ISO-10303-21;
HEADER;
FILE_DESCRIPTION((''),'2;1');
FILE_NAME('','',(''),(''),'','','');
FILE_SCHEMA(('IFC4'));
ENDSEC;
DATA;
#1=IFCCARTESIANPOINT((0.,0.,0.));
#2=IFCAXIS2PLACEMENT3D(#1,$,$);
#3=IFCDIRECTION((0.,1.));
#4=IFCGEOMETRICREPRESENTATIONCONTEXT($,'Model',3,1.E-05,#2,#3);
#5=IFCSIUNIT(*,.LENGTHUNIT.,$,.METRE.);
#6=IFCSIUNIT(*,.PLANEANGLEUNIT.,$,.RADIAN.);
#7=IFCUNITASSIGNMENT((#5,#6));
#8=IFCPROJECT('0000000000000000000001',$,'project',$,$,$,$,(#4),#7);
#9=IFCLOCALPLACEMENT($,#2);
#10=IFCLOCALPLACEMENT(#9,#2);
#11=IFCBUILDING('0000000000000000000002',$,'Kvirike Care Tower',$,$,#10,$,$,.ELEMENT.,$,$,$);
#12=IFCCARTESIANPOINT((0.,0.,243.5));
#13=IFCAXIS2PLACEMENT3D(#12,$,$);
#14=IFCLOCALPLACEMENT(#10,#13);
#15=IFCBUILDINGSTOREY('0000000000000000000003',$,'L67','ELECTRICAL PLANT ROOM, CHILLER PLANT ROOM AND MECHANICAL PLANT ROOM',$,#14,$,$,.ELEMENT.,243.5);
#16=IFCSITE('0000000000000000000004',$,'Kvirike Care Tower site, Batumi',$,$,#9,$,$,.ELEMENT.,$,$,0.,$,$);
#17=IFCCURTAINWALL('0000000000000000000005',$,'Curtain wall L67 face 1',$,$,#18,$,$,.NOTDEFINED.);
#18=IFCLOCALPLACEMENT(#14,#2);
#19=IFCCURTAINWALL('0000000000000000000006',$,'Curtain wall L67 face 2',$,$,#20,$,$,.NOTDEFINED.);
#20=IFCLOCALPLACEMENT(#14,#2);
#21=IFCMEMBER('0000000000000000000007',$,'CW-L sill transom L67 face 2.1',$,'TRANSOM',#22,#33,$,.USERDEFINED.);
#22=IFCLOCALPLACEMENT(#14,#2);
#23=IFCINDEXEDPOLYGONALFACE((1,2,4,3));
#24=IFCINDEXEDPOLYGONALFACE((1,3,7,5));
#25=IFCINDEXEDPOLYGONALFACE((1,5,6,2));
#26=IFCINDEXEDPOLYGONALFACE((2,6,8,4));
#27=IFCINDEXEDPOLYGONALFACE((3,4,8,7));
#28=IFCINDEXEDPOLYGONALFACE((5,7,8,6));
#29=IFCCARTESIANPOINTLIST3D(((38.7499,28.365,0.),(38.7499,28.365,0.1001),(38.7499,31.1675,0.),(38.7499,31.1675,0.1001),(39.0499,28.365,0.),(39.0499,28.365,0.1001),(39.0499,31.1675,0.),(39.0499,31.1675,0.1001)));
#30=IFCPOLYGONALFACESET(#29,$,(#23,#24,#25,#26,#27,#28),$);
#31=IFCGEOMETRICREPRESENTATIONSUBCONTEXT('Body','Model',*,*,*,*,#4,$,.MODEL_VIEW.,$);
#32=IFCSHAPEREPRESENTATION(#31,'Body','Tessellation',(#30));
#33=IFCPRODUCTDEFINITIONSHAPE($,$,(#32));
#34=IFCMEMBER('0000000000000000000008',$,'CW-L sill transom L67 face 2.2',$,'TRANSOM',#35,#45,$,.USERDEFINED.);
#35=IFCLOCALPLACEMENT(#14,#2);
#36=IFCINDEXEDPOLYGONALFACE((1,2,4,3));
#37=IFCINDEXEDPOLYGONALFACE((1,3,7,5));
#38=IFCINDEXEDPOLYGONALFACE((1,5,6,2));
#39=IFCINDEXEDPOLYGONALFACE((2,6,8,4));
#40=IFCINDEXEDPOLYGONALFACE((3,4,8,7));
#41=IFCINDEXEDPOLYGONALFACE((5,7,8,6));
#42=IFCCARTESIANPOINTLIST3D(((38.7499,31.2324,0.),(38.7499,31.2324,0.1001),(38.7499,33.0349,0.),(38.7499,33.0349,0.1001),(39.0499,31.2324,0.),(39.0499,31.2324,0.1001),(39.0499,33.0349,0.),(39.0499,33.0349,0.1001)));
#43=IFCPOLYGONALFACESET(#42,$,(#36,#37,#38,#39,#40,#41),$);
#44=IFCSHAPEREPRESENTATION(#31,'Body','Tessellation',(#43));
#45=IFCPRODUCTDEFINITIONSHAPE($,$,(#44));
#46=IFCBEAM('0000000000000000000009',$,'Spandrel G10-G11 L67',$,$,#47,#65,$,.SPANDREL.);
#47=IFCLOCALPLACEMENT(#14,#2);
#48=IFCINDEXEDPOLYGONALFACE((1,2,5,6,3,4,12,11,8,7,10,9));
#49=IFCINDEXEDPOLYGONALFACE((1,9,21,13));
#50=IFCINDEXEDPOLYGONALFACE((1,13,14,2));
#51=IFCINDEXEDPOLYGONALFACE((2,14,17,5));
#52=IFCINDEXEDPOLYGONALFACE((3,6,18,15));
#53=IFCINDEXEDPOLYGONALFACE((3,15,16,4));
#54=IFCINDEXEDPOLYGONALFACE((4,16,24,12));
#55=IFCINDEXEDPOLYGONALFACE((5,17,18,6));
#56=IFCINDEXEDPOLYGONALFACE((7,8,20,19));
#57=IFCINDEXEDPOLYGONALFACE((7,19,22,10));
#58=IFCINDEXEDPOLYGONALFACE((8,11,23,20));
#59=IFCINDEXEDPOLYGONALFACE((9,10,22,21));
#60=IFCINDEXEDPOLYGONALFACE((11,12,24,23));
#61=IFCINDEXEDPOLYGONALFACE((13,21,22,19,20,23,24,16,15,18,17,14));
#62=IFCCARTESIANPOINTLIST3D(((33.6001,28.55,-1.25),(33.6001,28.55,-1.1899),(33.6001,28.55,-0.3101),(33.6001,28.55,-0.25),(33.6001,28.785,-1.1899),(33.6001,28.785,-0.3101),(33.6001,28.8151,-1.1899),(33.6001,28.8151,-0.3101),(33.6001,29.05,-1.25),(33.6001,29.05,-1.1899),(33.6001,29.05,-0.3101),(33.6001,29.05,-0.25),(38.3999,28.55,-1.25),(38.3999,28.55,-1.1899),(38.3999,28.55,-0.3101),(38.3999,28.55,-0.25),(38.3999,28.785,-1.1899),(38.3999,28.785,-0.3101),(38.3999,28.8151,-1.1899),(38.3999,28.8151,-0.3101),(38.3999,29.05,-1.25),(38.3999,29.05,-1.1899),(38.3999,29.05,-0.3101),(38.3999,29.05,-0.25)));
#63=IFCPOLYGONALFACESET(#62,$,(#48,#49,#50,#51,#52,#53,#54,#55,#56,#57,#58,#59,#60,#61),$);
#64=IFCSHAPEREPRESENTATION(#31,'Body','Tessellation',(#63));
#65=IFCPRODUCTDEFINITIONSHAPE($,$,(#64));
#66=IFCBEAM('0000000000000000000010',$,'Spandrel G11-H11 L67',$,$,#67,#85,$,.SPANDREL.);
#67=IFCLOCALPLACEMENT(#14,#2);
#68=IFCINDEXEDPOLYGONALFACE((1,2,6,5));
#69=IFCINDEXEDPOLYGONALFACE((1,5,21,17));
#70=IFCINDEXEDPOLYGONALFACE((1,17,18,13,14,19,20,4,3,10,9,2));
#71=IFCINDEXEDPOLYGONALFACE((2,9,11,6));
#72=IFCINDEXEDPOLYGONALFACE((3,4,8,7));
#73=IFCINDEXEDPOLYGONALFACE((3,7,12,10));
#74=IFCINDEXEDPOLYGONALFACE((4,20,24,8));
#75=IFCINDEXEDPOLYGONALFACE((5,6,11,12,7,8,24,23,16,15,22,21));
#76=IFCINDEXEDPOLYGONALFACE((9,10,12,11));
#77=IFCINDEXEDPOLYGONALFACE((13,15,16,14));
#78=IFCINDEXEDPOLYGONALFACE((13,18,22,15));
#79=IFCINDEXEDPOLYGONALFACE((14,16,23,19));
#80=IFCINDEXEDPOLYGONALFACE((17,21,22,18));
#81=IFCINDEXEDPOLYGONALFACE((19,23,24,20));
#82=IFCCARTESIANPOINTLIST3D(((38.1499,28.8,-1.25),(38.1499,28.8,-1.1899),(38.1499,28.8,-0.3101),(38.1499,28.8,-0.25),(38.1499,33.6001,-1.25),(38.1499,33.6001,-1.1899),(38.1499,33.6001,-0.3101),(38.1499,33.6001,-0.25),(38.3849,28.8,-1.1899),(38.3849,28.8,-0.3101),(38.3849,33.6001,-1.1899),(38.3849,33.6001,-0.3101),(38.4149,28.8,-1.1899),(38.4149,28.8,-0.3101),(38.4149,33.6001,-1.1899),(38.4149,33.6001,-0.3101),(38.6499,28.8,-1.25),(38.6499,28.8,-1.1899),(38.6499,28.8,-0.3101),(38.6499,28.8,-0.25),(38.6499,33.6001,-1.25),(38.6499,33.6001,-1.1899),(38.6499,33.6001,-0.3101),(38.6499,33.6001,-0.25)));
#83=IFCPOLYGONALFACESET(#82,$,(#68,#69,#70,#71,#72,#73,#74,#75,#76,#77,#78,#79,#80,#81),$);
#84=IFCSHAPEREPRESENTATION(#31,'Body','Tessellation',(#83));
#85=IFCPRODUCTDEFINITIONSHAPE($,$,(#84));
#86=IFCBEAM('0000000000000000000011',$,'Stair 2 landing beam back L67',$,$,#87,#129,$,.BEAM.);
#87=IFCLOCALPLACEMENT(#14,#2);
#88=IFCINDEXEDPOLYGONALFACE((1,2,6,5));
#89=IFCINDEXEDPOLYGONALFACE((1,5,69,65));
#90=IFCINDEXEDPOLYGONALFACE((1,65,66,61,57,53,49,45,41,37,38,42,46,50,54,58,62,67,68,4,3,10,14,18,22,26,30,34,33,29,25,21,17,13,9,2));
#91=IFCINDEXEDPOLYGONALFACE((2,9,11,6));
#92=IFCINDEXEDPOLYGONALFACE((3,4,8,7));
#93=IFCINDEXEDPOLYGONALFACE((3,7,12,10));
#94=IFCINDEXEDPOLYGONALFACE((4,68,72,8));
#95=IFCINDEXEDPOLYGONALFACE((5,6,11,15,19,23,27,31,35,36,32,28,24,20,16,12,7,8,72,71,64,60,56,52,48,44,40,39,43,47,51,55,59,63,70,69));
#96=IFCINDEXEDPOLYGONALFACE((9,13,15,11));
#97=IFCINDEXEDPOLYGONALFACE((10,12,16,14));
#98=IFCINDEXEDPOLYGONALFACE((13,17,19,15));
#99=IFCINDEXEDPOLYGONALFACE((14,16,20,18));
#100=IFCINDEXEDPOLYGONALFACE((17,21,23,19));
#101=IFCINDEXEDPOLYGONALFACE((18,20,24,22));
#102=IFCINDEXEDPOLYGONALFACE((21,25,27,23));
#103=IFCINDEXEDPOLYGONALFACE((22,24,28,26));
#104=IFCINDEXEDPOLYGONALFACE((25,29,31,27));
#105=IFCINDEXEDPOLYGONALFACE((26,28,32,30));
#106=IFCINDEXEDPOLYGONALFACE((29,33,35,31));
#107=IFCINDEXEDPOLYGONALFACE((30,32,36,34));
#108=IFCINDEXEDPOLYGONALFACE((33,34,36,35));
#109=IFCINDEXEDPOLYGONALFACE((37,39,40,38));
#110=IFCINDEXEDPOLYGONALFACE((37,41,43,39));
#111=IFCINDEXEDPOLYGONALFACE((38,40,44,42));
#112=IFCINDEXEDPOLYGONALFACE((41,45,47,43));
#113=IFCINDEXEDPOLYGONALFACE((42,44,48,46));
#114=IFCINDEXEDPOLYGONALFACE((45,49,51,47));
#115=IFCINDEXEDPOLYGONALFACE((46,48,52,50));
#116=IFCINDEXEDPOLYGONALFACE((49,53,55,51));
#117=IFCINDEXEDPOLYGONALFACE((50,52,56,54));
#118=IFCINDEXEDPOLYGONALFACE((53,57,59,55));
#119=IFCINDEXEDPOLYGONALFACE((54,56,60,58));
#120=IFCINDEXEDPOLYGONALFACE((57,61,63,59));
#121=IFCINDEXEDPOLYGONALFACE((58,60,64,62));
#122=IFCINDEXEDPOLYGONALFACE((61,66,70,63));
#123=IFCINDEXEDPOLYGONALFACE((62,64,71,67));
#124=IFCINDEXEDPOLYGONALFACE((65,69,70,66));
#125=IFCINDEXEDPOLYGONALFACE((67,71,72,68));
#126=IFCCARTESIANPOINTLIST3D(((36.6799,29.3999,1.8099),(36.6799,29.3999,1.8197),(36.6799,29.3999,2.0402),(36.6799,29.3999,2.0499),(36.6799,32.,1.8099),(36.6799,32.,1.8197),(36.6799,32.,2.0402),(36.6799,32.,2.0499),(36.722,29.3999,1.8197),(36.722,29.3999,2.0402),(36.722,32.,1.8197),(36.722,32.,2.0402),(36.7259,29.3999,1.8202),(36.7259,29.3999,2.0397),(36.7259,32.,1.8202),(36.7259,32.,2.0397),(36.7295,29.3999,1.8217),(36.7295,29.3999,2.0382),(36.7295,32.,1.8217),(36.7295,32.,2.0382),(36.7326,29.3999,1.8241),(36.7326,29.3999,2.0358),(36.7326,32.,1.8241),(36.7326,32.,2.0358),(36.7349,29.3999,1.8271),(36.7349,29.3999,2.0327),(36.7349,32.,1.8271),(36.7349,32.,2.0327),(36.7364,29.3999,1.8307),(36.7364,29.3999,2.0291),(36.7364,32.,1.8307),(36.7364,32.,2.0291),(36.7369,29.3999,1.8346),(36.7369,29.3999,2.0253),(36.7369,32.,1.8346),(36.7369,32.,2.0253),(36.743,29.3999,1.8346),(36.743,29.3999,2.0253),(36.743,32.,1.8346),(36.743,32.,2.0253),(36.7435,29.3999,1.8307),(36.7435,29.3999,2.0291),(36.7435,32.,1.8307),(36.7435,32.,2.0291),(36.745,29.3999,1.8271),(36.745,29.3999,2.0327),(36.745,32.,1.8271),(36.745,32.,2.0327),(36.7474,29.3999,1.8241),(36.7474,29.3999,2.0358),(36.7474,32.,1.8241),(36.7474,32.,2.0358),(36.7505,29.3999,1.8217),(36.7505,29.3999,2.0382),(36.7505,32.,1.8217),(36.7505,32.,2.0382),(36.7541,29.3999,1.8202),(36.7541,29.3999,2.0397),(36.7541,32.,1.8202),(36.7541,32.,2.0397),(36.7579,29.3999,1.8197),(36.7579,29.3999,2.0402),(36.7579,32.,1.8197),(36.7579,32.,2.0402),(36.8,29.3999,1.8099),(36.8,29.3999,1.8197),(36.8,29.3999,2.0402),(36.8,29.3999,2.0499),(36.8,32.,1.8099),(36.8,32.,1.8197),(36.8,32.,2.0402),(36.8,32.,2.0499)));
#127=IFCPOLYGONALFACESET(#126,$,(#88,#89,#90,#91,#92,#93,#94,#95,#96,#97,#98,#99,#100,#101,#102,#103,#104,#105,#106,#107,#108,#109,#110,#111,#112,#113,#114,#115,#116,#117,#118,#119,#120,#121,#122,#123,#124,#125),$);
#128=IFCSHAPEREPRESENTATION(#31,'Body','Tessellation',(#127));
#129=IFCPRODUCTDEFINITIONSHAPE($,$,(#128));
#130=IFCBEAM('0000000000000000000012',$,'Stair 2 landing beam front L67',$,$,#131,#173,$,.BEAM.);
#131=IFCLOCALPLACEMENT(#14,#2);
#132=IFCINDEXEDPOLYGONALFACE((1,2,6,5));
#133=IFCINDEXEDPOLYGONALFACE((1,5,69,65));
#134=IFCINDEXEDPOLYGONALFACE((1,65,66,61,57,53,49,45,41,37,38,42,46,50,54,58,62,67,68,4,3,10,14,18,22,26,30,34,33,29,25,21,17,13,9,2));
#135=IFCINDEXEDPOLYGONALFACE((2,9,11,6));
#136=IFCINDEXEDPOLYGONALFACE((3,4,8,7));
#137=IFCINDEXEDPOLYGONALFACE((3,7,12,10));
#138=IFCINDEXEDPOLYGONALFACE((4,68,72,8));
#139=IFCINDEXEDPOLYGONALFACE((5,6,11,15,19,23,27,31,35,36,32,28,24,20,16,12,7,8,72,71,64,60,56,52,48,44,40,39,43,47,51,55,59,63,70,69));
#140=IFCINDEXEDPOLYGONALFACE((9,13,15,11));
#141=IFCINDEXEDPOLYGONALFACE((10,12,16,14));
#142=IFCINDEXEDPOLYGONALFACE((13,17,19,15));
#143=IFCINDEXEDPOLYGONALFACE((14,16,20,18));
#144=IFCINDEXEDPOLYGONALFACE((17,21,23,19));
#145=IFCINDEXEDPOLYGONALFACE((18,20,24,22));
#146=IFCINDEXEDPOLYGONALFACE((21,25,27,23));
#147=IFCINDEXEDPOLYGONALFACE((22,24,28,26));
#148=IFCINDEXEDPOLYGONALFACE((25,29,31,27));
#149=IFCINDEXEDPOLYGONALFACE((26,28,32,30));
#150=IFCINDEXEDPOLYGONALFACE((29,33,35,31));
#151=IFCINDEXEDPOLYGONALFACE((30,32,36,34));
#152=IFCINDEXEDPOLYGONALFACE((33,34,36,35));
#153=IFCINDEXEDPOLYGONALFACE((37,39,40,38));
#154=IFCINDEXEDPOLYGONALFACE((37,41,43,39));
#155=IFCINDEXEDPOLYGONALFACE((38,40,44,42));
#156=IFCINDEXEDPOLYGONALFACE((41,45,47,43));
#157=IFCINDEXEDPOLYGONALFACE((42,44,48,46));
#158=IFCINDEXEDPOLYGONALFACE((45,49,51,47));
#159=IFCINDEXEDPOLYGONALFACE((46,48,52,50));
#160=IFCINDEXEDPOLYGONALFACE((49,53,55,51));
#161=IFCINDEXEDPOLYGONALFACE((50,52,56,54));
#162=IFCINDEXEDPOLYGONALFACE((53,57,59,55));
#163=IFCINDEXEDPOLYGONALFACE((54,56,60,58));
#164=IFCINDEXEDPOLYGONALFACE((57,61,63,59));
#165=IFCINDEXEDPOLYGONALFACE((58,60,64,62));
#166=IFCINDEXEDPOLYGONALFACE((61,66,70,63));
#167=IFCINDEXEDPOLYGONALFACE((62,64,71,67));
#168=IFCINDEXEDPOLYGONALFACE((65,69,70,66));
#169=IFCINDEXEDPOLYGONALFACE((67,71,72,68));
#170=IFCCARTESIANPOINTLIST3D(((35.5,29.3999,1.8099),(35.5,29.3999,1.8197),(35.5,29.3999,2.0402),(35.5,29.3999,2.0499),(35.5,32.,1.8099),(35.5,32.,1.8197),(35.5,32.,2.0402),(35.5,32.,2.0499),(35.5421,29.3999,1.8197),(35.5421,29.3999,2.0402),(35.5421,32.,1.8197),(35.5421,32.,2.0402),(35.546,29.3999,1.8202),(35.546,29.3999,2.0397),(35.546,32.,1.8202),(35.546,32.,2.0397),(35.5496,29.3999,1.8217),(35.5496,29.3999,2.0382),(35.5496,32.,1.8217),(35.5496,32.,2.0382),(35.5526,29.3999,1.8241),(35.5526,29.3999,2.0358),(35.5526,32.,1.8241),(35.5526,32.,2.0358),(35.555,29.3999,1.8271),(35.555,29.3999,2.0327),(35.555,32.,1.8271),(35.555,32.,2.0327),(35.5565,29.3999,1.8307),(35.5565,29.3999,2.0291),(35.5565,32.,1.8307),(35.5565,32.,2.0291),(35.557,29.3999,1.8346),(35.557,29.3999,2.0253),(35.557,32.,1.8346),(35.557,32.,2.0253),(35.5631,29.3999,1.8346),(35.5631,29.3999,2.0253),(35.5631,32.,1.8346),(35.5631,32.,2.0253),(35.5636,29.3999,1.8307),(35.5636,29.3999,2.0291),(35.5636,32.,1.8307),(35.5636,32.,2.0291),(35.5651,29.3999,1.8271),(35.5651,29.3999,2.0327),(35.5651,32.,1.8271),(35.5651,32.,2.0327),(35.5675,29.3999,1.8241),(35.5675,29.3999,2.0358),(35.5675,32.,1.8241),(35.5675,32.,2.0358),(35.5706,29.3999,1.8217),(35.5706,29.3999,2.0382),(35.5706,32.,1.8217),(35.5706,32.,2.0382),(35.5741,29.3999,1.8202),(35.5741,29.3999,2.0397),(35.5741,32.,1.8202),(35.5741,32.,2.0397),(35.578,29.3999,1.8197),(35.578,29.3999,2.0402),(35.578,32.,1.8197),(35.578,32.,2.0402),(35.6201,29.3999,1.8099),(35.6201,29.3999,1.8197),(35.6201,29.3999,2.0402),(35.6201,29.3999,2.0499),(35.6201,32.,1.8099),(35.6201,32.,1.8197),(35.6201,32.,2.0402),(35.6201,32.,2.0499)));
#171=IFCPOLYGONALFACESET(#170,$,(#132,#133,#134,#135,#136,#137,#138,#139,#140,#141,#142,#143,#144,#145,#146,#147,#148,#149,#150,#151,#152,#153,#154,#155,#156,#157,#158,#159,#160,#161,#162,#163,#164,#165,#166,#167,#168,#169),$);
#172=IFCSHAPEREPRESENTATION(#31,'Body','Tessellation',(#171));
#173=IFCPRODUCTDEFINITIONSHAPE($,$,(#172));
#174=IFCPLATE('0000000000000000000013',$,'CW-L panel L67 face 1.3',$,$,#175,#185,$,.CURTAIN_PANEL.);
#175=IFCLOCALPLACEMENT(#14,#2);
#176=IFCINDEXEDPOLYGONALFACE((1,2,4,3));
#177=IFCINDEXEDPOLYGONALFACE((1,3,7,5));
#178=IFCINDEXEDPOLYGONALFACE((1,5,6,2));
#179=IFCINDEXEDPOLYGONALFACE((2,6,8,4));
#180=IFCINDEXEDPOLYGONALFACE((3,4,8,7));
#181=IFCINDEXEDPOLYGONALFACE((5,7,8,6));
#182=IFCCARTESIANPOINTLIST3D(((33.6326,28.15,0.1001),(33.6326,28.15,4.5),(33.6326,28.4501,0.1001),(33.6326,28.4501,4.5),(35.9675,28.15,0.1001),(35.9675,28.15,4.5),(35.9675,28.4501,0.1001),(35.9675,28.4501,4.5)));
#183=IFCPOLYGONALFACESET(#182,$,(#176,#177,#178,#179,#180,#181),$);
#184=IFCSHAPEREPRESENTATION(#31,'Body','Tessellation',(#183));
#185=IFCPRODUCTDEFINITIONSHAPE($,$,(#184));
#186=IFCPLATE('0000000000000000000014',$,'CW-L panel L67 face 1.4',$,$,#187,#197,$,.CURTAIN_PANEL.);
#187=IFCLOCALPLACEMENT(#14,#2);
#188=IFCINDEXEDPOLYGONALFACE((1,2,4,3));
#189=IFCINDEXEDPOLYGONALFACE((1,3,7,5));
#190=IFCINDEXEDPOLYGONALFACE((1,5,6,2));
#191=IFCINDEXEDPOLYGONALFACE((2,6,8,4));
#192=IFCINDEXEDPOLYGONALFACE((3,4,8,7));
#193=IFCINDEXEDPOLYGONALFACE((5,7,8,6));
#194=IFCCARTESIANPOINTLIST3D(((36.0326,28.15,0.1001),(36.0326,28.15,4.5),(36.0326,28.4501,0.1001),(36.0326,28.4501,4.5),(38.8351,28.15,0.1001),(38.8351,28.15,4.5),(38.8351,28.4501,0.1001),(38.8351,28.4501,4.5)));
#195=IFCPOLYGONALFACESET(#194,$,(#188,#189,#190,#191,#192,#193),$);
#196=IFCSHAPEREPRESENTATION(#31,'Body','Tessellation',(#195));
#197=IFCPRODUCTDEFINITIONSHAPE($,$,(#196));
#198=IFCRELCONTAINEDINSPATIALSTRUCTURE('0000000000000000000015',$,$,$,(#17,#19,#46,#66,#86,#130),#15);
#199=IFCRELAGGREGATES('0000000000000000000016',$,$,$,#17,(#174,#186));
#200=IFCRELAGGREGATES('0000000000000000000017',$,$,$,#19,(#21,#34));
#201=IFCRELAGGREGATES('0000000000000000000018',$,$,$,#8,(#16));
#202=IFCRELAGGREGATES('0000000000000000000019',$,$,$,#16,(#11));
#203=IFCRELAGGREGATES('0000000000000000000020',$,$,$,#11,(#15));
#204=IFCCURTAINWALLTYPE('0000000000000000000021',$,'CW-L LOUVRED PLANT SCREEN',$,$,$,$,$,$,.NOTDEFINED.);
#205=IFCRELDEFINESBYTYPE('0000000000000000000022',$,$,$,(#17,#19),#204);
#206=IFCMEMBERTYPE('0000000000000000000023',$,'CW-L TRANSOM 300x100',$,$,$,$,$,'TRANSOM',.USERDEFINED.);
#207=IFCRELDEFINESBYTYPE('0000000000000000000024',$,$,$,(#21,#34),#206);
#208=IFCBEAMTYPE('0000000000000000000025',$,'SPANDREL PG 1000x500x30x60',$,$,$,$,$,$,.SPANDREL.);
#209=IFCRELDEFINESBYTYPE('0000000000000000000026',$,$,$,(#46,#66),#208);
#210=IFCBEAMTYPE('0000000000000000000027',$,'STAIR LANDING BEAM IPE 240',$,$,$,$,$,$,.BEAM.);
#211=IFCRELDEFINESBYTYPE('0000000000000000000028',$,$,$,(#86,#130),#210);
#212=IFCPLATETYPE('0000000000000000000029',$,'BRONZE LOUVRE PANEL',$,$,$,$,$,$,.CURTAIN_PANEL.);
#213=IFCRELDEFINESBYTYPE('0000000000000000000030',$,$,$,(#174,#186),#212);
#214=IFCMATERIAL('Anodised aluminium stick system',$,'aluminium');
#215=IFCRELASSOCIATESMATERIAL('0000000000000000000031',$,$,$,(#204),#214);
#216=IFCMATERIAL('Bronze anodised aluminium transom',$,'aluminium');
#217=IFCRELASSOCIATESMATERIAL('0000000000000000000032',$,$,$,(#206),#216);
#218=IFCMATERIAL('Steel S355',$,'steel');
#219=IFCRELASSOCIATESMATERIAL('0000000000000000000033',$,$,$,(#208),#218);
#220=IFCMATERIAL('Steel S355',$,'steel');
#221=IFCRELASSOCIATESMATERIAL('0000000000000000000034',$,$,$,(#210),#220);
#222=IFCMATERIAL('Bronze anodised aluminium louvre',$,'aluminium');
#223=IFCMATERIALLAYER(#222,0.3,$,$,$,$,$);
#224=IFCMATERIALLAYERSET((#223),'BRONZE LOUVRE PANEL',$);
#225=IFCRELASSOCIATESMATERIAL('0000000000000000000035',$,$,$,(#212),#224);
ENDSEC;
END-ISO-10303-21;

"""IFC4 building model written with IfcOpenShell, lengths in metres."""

from ifc_helpers import new_model, si_unit, direction, frame, origin, origin_2d, place, context, subcontext, project, spatial, rectangle, i_section, extrude, material, layer, layer_set, material_profile, profile_set, type_object, element, aggregate, save


model = new_model("IFC4")

# Units and contexts
model_context = context("Model", 3, precision=1e-05, world=origin(), true_north=direction((0.0, 1.0)))
body_context = subcontext(model_context, "Body", "Model", "MODEL_VIEW")
ifc_project = project(units=[si_unit("LENGTHUNIT", "METRE"), si_unit("PLANEANGLEUNIT", "RADIAN")], contexts=[model_context])

# Site, building, storey
site_placement = place(None, origin())
site = spatial("IfcSite", under=ifc_project, at=site_placement, Name="Kvirike Care Tower site, Batumi", CompositionType="ELEMENT", RefElevation=0.0)
building_placement = place(site_placement, origin())
building = spatial("IfcBuilding", under=site, at=building_placement, Name="Kvirike Care Tower", CompositionType="ELEMENT")
storey_placement = place(building_placement, frame((0.0, 0.0, 243.5)))
storey = spatial("IfcBuildingStorey", under=building, at=storey_placement, Name="L67", Description="ELECTRICAL PLANT ROOM, CHILLER PLANT ROOM AND MECHANICAL PLANT ROOM", CompositionType="ELEMENT", Elevation=243.5)

# Curtain walls
ifc_material_1 = material(Name="Anodised aluminium stick system", Category="aluminium")
curtain_wall_type = type_object("IfcCurtainWallType", Name="CW-L LOUVRED PLANT SCREEN", PredefinedType="NOTDEFINED", material=ifc_material_1)
curtain_wall_1_placement = place(storey_placement, origin())
curtain_wall_1 = element("IfcCurtainWall", 1, at=curtain_wall_1_placement, inside=storey, type_object=curtain_wall_type, Name="Curtain wall L67 face 1", PredefinedType="NOTDEFINED")
curtain_wall_2_placement = place(storey_placement, origin())
curtain_wall_2 = element("IfcCurtainWall", 2, at=curtain_wall_2_placement, inside=storey, type_object=curtain_wall_type, Name="Curtain wall L67 face 2", PredefinedType="NOTDEFINED")

# Members
ifc_material_2 = material(Name="Bronze anodised aluminium transom", Category="aluminium")
ifc_material_profile_1 = material_profile(ifc_material_2, rectangle(XDim=0.3, YDim=0.1001, at=origin_2d()), Name="CW-L TRANSOM 300x100")
ifc_profile_set_1 = profile_set([ifc_material_profile_1], Name="Bronze anodised aluminium transom")
member_type_1 = type_object("IfcMemberType", Name="CW-L TRANSOM 300x100", ElementType="TRANSOM", PredefinedType="USERDEFINED", material=ifc_profile_set_1)
member_1_placement = place(storey_placement, frame((38.8999, 28.365, 0.05), z_axis=(0.0, 1.0, 0.0), x_axis=(-1.0, 0.0, 0.0)))
member_1 = element("IfcMember", 3, at=member_1_placement, type_object=member_type_1, Name="CW-L sill transom L67 face 2.1", ObjectType="TRANSOM", PredefinedType="USERDEFINED", context=body_context, shape_type="SweptSolid", body=[
    extrude(rectangle(XDim=0.3, YDim=0.1001, at=origin_2d()), origin(), (0.0, 0.0, 1.0), 2.8025),
])
member_2_placement = place(storey_placement, frame((38.8999, 31.2324, 0.05), z_axis=(0.0, 1.0, 0.0), x_axis=(-1.0, 0.0, 0.0)))
member_2 = element("IfcMember", 4, at=member_2_placement, type_object=member_type_1, Name="CW-L sill transom L67 face 2.2", ObjectType="TRANSOM", PredefinedType="USERDEFINED", context=body_context, shape_type="SweptSolid", body=[
    extrude(rectangle(XDim=0.3, YDim=0.1001, at=origin_2d()), origin(), (0.0, 0.0, 1.0), 1.8025),
])

# Beams
ifc_material_3 = material(Name="Steel S355", Category="steel")
ifc_material_profile_2 = material_profile(ifc_material_3, i_section(OverallWidth=0.5, OverallDepth=1.0, WebThickness=0.03, FlangeThickness=0.0601, at=origin_2d()), Name="PG 1000x500x30x60")
ifc_profile_set_2 = profile_set([ifc_material_profile_2], Name="Steel S355")
beam_type_1 = type_object("IfcBeamType", Name="SPANDREL PG 1000x500x30x60", PredefinedType="SPANDREL", material=ifc_profile_set_2)
beam_1_placement = place(storey_placement, frame((33.6001, 28.8, -0.75), z_axis=(1.0, 0.0, 0.0), x_axis=(0.0, 1.0, 0.0)))
element("IfcBeam", 5, at=beam_1_placement, inside=storey, type_object=beam_type_1, Name="Spandrel G10-G11 L67", PredefinedType="SPANDREL", context=body_context, shape_type="SweptSolid", body=[
    extrude(i_section(OverallWidth=0.5, OverallDepth=1.0, WebThickness=0.03, FlangeThickness=0.0601, at=origin_2d()), origin(), (0.0, 0.0, 1.0), 4.7998),
])
beam_2_placement = place(storey_placement, frame((38.3999, 28.8, -0.75), z_axis=(0.0, 1.0, 0.0), x_axis=(-1.0, 0.0, 0.0)))
element("IfcBeam", 6, at=beam_2_placement, inside=storey, type_object=beam_type_1, Name="Spandrel G11-H11 L67", PredefinedType="SPANDREL", context=body_context, shape_type="SweptSolid", body=[
    extrude(i_section(OverallWidth=0.5, OverallDepth=1.0, WebThickness=0.03, FlangeThickness=0.0601, at=origin_2d()), origin(), (0.0, 0.0, 1.0), 4.8),
])
ifc_material_4 = material(Name="Steel S355", Category="steel")
ifc_material_profile_3 = material_profile(ifc_material_4, i_section(OverallWidth=0.1201, OverallDepth=0.24, WebThickness=0.0061, FlangeThickness=0.0098, FilletRadius=0.0149, at=origin_2d()), Name="IPE 240")
ifc_profile_set_3 = profile_set([ifc_material_profile_3], Name="Steel S355")
beam_type_2 = type_object("IfcBeamType", Name="STAIR LANDING BEAM IPE 240", PredefinedType="BEAM", material=ifc_profile_set_3)
for number, where, z_axis, x_axis, name in (
    (7, (36.74, 29.3999, 1.9299), (0.0, 1.0, 0.0), (-1.0, 0.0, 0.0), "Stair 2 landing beam back L67"),
    (8, (35.5601, 29.3999, 1.9299), (0.0, 1.0, 0.0), (-1.0, 0.0, 0.0), "Stair 2 landing beam front L67"),
):
    element("IfcBeam", number, at=place(storey_placement, frame(where, z_axis=z_axis, x_axis=x_axis)), inside=storey, type_object=beam_type_2, Name=name, PredefinedType="BEAM", context=body_context, shape_type="SweptSolid", body=[
        extrude(i_section(OverallWidth=0.1201, OverallDepth=0.24, WebThickness=0.0061, FlangeThickness=0.0098, FilletRadius=0.0149, at=origin_2d()), origin(), (0.0, 0.0, 1.0), 2.6001),
    ])

# Plates
ifc_material_5 = material(Name="Bronze anodised aluminium louvre", Category="aluminium")
ifc_layer_1 = layer(ifc_material_5, 0.3)
ifc_layer_set_1 = layer_set([ifc_layer_1], Name="BRONZE LOUVRE PANEL")
plate_type = type_object("IfcPlateType", Name="BRONZE LOUVRE PANEL", PredefinedType="CURTAIN_PANEL", material=ifc_layer_set_1)
plate_1_placement = place(storey_placement, frame((34.8, 28.3, 0.1001), z_axis=(0.0, 0.0, 1.0), x_axis=(1.0, 0.0, 0.0)))
plate_1 = element("IfcPlate", 9, at=plate_1_placement, type_object=plate_type, Name="CW-L panel L67 face 1.3", PredefinedType="CURTAIN_PANEL", context=body_context, shape_type="SweptSolid", body=[
    extrude(rectangle(XDim=2.335, YDim=0.3, at=origin_2d()), origin(), (0.0, 0.0, 1.0), 4.3999),
])
plate_2_placement = place(storey_placement, frame((37.4338, 28.3, 0.1001), z_axis=(0.0, 0.0, 1.0), x_axis=(1.0, 0.0, 0.0)))
plate_2 = element("IfcPlate", 10, at=plate_2_placement, type_object=plate_type, Name="CW-L panel L67 face 1.4", PredefinedType="CURTAIN_PANEL", context=body_context, shape_type="SweptSolid", body=[
    extrude(rectangle(XDim=2.8025, YDim=0.3, at=origin_2d()), origin(), (0.0, 0.0, 1.0), 4.3999),
])
aggregate(curtain_wall_1, [plate_1, plate_2])
aggregate(curtain_wall_2, [member_1, member_2])

save(model, "model.ifc")
